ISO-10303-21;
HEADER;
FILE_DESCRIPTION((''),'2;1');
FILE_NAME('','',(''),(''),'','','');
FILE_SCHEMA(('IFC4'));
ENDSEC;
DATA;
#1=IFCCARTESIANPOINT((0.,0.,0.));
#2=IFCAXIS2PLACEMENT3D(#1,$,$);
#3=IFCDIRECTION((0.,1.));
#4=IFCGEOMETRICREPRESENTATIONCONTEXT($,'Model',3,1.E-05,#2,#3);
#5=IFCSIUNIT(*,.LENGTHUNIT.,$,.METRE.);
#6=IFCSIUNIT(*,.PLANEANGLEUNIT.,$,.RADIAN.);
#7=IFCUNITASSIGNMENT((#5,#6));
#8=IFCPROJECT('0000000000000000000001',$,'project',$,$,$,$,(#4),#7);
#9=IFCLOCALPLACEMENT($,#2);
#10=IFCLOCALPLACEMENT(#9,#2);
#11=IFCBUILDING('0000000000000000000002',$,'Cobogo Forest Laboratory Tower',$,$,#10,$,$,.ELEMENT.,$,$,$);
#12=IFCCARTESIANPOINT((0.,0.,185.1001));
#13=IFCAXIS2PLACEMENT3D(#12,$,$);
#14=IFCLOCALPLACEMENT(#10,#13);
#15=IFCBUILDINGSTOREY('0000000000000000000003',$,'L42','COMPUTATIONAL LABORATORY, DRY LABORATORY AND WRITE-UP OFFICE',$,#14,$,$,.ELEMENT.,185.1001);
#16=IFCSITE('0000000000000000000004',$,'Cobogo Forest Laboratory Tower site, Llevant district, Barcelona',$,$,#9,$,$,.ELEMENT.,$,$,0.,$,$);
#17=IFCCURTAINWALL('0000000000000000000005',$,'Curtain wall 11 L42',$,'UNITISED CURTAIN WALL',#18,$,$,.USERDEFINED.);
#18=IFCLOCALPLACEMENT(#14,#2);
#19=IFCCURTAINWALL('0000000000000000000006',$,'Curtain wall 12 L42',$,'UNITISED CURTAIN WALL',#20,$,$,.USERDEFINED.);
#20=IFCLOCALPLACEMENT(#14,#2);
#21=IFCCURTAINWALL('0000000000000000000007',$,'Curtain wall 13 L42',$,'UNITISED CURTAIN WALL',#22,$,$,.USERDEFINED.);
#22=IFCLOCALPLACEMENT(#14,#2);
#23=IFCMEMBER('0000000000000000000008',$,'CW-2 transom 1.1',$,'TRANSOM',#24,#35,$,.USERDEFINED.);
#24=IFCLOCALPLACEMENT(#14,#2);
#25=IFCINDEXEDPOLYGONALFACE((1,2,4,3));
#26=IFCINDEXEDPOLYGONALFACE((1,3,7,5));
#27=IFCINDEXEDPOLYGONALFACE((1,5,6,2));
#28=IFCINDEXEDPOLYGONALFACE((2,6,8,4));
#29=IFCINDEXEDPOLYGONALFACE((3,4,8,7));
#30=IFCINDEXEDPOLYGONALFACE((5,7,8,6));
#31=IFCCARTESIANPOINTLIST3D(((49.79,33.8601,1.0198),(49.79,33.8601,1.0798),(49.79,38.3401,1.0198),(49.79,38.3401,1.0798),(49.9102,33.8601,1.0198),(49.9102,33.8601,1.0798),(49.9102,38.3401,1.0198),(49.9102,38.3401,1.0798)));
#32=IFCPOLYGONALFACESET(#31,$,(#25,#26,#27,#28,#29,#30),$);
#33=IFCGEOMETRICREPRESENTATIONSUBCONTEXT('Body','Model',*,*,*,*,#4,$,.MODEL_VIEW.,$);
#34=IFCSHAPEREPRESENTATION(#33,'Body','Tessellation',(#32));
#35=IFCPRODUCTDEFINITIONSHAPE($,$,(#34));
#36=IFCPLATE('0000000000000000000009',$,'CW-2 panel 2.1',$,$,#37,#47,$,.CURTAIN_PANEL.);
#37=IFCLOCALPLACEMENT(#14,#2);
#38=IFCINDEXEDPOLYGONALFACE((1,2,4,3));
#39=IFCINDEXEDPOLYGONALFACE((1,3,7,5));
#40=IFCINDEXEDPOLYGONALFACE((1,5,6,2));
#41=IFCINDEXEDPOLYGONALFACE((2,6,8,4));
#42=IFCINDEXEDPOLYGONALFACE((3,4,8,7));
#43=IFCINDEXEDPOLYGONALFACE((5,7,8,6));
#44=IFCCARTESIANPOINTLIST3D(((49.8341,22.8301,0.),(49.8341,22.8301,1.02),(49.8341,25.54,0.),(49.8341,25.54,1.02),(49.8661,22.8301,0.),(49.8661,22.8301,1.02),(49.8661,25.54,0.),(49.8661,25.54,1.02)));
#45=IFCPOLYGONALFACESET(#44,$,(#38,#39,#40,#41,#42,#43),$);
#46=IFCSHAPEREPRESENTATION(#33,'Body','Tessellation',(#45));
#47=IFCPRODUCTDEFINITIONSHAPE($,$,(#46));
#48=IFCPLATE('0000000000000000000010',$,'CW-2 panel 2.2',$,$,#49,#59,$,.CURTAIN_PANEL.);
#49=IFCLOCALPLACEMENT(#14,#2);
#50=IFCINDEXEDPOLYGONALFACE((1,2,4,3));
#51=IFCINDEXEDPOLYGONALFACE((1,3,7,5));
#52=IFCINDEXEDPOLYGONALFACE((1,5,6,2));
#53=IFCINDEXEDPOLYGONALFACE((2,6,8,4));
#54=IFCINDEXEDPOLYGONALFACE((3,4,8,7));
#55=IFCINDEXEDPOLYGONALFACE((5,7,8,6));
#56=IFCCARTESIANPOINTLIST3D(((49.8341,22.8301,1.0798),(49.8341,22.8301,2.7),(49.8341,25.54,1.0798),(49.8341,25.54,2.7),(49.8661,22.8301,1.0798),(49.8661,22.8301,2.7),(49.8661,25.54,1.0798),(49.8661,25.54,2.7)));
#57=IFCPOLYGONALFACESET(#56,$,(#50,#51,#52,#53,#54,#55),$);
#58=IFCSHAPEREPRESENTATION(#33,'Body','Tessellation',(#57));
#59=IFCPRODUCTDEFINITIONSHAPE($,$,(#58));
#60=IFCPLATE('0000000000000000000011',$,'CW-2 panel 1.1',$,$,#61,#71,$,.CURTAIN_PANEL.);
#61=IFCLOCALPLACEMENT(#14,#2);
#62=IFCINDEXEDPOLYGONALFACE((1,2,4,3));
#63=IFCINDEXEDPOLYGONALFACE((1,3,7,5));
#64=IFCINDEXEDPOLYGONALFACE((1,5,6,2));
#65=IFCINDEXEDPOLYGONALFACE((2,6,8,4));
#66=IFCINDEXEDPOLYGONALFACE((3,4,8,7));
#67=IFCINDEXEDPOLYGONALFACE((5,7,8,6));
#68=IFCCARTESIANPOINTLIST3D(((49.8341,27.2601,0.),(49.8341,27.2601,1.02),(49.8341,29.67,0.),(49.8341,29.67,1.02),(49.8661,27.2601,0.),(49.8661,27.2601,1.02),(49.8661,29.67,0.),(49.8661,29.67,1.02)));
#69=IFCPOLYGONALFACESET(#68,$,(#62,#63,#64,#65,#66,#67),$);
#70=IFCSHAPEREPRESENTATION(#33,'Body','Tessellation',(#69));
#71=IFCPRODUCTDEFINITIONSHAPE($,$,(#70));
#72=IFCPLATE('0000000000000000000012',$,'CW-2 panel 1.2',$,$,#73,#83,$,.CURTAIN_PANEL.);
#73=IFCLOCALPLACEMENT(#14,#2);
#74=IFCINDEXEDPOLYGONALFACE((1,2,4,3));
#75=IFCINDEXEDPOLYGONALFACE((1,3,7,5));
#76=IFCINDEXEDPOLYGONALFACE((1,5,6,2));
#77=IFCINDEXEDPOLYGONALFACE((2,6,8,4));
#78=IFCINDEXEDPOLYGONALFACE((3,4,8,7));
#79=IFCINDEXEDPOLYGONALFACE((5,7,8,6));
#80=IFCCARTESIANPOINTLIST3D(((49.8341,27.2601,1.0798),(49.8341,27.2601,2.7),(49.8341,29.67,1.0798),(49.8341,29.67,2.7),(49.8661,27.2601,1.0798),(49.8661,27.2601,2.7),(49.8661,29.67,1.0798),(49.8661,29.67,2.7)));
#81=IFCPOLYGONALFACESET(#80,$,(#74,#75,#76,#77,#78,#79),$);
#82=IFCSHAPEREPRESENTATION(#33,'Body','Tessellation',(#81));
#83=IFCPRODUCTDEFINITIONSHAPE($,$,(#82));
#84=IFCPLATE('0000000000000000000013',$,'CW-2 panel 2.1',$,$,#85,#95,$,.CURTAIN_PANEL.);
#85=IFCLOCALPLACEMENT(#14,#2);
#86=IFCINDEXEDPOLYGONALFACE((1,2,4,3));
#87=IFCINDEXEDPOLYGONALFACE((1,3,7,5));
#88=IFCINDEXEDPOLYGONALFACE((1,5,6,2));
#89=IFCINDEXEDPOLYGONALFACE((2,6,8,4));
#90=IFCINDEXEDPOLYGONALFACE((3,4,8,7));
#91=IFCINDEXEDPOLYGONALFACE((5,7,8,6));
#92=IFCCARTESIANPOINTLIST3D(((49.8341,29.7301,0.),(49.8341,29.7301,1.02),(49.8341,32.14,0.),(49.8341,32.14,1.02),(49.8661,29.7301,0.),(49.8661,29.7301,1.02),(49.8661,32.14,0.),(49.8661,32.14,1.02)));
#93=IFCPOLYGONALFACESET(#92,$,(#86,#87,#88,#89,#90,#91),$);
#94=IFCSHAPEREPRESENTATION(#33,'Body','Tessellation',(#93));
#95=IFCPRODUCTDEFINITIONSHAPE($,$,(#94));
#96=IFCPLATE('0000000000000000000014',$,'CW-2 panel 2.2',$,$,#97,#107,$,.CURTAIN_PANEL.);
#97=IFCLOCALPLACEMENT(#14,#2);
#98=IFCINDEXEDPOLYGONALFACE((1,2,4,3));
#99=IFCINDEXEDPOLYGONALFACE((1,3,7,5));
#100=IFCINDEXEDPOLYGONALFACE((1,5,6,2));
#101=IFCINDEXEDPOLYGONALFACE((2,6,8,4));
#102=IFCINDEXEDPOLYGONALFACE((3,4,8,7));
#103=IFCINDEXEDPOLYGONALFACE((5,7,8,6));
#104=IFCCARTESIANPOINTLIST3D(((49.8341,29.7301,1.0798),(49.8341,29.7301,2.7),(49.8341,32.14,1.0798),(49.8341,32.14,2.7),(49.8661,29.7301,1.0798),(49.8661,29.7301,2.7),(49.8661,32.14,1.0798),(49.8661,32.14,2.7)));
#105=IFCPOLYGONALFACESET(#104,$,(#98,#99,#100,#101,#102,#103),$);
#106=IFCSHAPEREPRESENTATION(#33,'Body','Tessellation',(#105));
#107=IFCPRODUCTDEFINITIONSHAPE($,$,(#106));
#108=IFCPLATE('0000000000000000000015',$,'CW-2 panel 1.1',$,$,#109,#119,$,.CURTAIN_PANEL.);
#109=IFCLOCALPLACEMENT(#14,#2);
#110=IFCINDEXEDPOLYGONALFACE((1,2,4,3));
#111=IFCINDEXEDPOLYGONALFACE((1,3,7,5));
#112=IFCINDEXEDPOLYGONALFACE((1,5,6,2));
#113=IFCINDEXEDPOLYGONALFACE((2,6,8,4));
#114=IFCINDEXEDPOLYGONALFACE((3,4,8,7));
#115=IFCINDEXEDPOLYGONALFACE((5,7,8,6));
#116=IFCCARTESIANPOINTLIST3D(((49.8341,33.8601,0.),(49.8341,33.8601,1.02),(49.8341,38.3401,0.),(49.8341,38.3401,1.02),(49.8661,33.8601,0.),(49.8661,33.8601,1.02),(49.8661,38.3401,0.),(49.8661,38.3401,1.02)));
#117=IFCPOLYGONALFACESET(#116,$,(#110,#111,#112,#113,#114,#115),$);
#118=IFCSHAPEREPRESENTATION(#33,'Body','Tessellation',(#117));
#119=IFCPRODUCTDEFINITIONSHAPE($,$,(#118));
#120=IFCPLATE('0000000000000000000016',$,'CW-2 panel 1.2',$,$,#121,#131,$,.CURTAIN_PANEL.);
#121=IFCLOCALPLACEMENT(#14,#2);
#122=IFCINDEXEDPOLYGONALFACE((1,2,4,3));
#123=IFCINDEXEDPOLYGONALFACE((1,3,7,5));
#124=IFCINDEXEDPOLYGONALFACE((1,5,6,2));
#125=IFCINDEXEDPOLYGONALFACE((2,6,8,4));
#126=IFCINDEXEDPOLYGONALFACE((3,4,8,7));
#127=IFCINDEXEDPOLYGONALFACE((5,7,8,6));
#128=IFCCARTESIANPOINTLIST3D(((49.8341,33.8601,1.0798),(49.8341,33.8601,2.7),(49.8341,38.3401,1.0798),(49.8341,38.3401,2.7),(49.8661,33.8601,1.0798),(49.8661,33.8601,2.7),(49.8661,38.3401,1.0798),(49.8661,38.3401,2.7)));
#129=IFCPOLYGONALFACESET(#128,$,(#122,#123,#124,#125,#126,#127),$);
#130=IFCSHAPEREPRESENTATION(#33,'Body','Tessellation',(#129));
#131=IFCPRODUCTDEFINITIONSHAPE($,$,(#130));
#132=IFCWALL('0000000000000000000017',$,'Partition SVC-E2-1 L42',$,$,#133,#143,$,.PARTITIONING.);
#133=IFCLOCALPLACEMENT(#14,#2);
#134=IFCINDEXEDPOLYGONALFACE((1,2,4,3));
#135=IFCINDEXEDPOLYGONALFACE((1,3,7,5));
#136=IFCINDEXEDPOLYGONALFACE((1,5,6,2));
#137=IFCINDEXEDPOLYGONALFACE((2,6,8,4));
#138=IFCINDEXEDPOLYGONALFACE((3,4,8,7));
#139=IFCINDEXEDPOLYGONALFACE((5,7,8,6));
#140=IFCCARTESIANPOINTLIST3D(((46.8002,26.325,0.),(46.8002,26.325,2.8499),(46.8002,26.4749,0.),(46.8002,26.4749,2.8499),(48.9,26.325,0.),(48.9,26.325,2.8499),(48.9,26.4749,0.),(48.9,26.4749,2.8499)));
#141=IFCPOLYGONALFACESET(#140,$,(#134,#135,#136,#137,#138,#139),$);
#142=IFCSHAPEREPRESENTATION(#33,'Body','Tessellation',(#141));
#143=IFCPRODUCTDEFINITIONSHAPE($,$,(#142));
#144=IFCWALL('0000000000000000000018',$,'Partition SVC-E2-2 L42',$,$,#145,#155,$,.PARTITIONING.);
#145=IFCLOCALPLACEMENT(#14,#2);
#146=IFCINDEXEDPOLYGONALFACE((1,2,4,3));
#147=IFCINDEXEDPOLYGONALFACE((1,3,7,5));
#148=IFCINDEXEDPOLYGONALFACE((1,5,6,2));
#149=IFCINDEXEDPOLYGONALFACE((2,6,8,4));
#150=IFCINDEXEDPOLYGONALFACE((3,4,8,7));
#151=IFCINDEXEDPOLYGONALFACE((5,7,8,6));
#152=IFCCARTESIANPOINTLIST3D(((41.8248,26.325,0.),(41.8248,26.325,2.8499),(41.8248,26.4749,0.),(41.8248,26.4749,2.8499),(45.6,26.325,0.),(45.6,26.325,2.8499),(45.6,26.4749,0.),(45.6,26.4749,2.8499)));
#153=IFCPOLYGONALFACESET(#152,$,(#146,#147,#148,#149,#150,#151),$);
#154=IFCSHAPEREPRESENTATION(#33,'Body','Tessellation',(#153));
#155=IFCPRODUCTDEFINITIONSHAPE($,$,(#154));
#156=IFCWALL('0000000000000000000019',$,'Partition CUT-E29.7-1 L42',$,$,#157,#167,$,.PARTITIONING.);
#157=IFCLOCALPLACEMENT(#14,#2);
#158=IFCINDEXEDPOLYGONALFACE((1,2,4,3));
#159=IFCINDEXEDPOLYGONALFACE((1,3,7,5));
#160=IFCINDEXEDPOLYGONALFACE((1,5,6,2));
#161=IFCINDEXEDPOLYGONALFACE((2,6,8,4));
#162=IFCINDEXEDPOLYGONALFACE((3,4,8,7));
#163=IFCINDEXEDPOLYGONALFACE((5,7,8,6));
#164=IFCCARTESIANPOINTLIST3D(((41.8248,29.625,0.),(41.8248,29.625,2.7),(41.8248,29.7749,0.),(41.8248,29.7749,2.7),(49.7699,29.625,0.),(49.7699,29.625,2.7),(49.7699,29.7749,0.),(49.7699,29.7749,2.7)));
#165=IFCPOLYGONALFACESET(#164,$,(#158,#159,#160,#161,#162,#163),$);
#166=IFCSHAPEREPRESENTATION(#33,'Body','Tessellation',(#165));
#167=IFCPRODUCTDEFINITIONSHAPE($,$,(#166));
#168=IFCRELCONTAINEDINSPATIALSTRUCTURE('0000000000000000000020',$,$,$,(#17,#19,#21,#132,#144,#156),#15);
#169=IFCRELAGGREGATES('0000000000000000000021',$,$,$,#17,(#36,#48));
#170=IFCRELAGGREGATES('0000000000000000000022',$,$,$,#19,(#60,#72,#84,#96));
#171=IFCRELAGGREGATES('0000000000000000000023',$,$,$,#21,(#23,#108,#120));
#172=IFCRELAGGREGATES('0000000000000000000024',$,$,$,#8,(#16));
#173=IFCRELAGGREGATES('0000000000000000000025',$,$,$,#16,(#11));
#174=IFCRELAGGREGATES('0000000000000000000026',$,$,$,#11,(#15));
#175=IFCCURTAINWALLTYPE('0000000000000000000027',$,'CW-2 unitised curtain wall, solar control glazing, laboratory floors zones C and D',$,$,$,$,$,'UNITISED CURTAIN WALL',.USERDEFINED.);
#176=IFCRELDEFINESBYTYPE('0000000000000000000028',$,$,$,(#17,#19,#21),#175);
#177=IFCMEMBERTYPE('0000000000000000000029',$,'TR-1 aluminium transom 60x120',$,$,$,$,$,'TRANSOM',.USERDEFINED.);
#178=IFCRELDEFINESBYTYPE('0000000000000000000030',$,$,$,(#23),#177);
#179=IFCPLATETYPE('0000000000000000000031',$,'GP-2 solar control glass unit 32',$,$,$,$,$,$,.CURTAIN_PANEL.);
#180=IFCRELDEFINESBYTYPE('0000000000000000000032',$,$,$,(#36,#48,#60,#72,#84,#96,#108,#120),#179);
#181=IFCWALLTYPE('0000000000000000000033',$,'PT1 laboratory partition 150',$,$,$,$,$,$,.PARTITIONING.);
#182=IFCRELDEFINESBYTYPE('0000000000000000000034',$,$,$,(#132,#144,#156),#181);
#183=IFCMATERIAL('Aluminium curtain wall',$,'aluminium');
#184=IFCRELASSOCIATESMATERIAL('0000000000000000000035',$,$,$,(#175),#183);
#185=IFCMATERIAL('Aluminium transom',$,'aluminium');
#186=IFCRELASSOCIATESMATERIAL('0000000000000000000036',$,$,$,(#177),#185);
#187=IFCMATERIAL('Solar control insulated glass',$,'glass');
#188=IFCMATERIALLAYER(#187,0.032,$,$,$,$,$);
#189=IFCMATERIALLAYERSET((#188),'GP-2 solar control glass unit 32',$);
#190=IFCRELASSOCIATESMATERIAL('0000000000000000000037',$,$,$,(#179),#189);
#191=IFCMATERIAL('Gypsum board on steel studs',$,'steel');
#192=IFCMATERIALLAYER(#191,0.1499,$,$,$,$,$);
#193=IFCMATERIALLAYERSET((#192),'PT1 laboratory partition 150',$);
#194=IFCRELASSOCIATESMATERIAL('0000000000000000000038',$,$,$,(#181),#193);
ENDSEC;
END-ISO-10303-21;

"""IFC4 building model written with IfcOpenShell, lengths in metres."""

from ifc_helpers import new_model, si_unit, direction, frame, frame_2d, origin, origin_2d, place, context, subcontext, project, spatial, rectangle, extrude, material, layer, layer_set, material_profile, profile_set, type_object, element, aggregate, save


model = new_model("IFC4")

# Units and contexts
model_context = context("Model", 3, precision=1e-05, world=origin(), true_north=direction((0.0, 1.0)))
body_context = subcontext(model_context, "Body", "Model", "MODEL_VIEW")
ifc_project = project(units=[si_unit("LENGTHUNIT", "METRE"), si_unit("PLANEANGLEUNIT", "RADIAN")], contexts=[model_context])

# Site, building, storey
site_placement = place(None, origin())
site = spatial("IfcSite", under=ifc_project, at=site_placement, Name="Cobogo Forest Laboratory Tower site, Llevant district, Barcelona", CompositionType="ELEMENT", RefElevation=0.0)
building_placement = place(site_placement, origin())
building = spatial("IfcBuilding", under=site, at=building_placement, Name="Cobogo Forest Laboratory Tower", CompositionType="ELEMENT")
storey_placement = place(building_placement, frame((0.0, 0.0, 185.1001)))
storey = spatial("IfcBuildingStorey", under=building, at=storey_placement, Name="L42", Description="COMPUTATIONAL LABORATORY, DRY LABORATORY AND WRITE-UP OFFICE", CompositionType="ELEMENT", Elevation=185.1001)

# Curtain wall
ifc_material_1 = material(Name="Aluminium curtain wall", Category="aluminium")
curtain_wall_type = type_object("IfcCurtainWallType", Name="CW-2 unitised curtain wall, solar control glazing, laboratory floors zones C and D", ElementType="UNITISED CURTAIN WALL", PredefinedType="USERDEFINED", material=ifc_material_1)
curtain_wall_1_placement = place(storey_placement, origin())
curtain_wall_1 = element("IfcCurtainWall", 1, at=curtain_wall_1_placement, inside=storey, type_object=curtain_wall_type, Name="Curtain wall 11 L42", ObjectType="UNITISED CURTAIN WALL", PredefinedType="USERDEFINED")

# Curtain walls
curtain_wall_2_placement = place(storey_placement, origin())
curtain_wall_2 = element("IfcCurtainWall", 2, at=curtain_wall_2_placement, inside=storey, type_object=curtain_wall_type, Name="Curtain wall 12 L42", ObjectType="UNITISED CURTAIN WALL", PredefinedType="USERDEFINED")
curtain_wall_3_placement = place(storey_placement, origin())
curtain_wall_3 = element("IfcCurtainWall", 3, at=curtain_wall_3_placement, inside=storey, type_object=curtain_wall_type, Name="Curtain wall 13 L42", ObjectType="UNITISED CURTAIN WALL", PredefinedType="USERDEFINED")

# Member
ifc_material_2 = material(Name="Aluminium transom", Category="aluminium")
ifc_material_profile_1 = material_profile(ifc_material_2, rectangle(XDim=0.1201, YDim=0.0601, at=origin_2d()), Name="AL 60x120")
ifc_profile_set_1 = profile_set([ifc_material_profile_1], Name="Aluminium transom")
member_type_1 = type_object("IfcMemberType", Name="TR-1 aluminium transom 60x120", ElementType="TRANSOM", PredefinedType="USERDEFINED", material=ifc_profile_set_1)
member_1_placement = place(storey_placement, frame((49.8501, 33.8601, 1.0498), z_axis=(0.0, 1.0, 0.0), x_axis=(-1.0, 0.0, 0.0)))
member_1 = element("IfcMember", 4, at=member_1_placement, type_object=member_type_1, Name="CW-2 transom 1.1", ObjectType="TRANSOM", PredefinedType="USERDEFINED", context=body_context, shape_type="SweptSolid", body=[
    extrude(rectangle(XDim=0.1201, YDim=0.0601, at=origin_2d()), origin(), (0.0, 0.0, 1.0), 4.48),
])

# Plates
ifc_material_3 = material(Name="Solar control insulated glass", Category="glass")
ifc_layer_1 = layer(ifc_material_3, 0.032)
ifc_layer_set_1 = layer_set([ifc_layer_1], Name="GP-2 solar control glass unit 32")
plate_type_1 = type_object("IfcPlateType", Name="GP-2 solar control glass unit 32", PredefinedType="CURTAIN_PANEL", material=ifc_layer_set_1)
plate_1_placement = place(storey_placement, frame((49.8501, 24.1851, 0.0), z_axis=(0.0, 0.0, 1.0), x_axis=(0.0, 1.0, 0.0)))
plate_1 = element("IfcPlate", 5, at=plate_1_placement, type_object=plate_type_1, Name="CW-2 panel 2.1", PredefinedType="CURTAIN_PANEL", context=body_context, shape_type="SweptSolid", body=[
    extrude(rectangle(XDim=2.71, YDim=0.032, at=origin_2d()), origin(), (0.0, 0.0, 1.0), 1.02),
])
plate_2_placement = place(storey_placement, frame((49.8501, 24.1851, 1.0798), z_axis=(0.0, 0.0, 1.0), x_axis=(0.0, 1.0, 0.0)))
plate_2 = element("IfcPlate", 6, at=plate_2_placement, type_object=plate_type_1, Name="CW-2 panel 2.2", PredefinedType="CURTAIN_PANEL", context=body_context, shape_type="SweptSolid", body=[
    extrude(rectangle(XDim=2.71, YDim=0.032, at=origin_2d()), origin(), (0.0, 0.0, 1.0), 1.6201),
])
aggregate(curtain_wall_1, [plate_1, plate_2])
plate_3_placement = place(storey_placement, frame((49.8501, 28.4651, 0.0), z_axis=(0.0, 0.0, 1.0), x_axis=(0.0, 1.0, 0.0)))
plate_3 = element("IfcPlate", 7, at=plate_3_placement, type_object=plate_type_1, Name="CW-2 panel 1.1", PredefinedType="CURTAIN_PANEL", context=body_context, shape_type="SweptSolid", body=[
    extrude(rectangle(XDim=2.4099, YDim=0.032, at=origin_2d()), origin(), (0.0, 0.0, 1.0), 1.02),
])
plate_4_placement = place(storey_placement, frame((49.8501, 28.4651, 1.0798), z_axis=(0.0, 0.0, 1.0), x_axis=(0.0, 1.0, 0.0)))
plate_4 = element("IfcPlate", 8, at=plate_4_placement, type_object=plate_type_1, Name="CW-2 panel 1.2", PredefinedType="CURTAIN_PANEL", context=body_context, shape_type="SweptSolid", body=[
    extrude(rectangle(XDim=2.4099, YDim=0.032, at=origin_2d()), origin(), (0.0, 0.0, 1.0), 1.6201),
])
plate_5_placement = place(storey_placement, frame((49.8501, 30.9351, 0.0), z_axis=(0.0, 0.0, 1.0), x_axis=(0.0, 1.0, 0.0)))
plate_5 = element("IfcPlate", 9, at=plate_5_placement, type_object=plate_type_1, Name="CW-2 panel 2.1", PredefinedType="CURTAIN_PANEL", context=body_context, shape_type="SweptSolid", body=[
    extrude(rectangle(XDim=2.4099, YDim=0.032, at=origin_2d()), origin(), (0.0, 0.0, 1.0), 1.02),
])
plate_6_placement = place(storey_placement, frame((49.8501, 30.9351, 1.0798), z_axis=(0.0, 0.0, 1.0), x_axis=(0.0, 1.0, 0.0)))
plate_6 = element("IfcPlate", 10, at=plate_6_placement, type_object=plate_type_1, Name="CW-2 panel 2.2", PredefinedType="CURTAIN_PANEL", context=body_context, shape_type="SweptSolid", body=[
    extrude(rectangle(XDim=2.4099, YDim=0.032, at=origin_2d()), origin(), (0.0, 0.0, 1.0), 1.6201),
])
aggregate(curtain_wall_2, [plate_3, plate_4, plate_5, plate_6])
plate_7_placement = place(storey_placement, frame((49.8501, 36.1001, 0.0), z_axis=(0.0, 0.0, 1.0), x_axis=(0.0, 1.0, 0.0)))
plate_7 = element("IfcPlate", 11, at=plate_7_placement, type_object=plate_type_1, Name="CW-2 panel 1.1", PredefinedType="CURTAIN_PANEL", context=body_context, shape_type="SweptSolid", body=[
    extrude(rectangle(XDim=4.48, YDim=0.032, at=origin_2d()), origin(), (0.0, 0.0, 1.0), 1.02),
])
plate_8_placement = place(storey_placement, frame((49.8501, 36.1001, 1.0798), z_axis=(0.0, 0.0, 1.0), x_axis=(0.0, 1.0, 0.0)))
plate_8 = element("IfcPlate", 12, at=plate_8_placement, type_object=plate_type_1, Name="CW-2 panel 1.2", PredefinedType="CURTAIN_PANEL", context=body_context, shape_type="SweptSolid", body=[
    extrude(rectangle(XDim=4.48, YDim=0.032, at=origin_2d()), origin(), (0.0, 0.0, 1.0), 1.6201),
])
aggregate(curtain_wall_3, [member_1, plate_7, plate_8])

# Walls
ifc_material_4 = material(Name="Gypsum board on steel studs", Category="steel")
ifc_layer_2 = layer(ifc_material_4, 0.1499)
ifc_layer_set_2 = layer_set([ifc_layer_2], Name="PT1 laboratory partition 150")
wall_type = type_object("IfcWallType", Name="PT1 laboratory partition 150", PredefinedType="PARTITIONING", material=ifc_layer_set_2)
wall_1_placement = place(storey_placement, frame((48.8999, 26.3999, 0.0), z_axis=(0.0, 0.0, 1.0), x_axis=(-1.0, 0.0, 0.0)))
element("IfcWall", 13, at=wall_1_placement, inside=storey, type_object=wall_type, Name="Partition SVC-E2-1 L42", PredefinedType="PARTITIONING", context=body_context, shape_type="SweptSolid", body=[
    extrude(rectangle(XDim=2.0999, YDim=0.1499, at=frame_2d((1.0498, 0.0))), origin(), (0.0, 0.0, 1.0), 2.8499),
])
wall_2_placement = place(storey_placement, frame((45.6001, 26.3999, 0.0), z_axis=(0.0, 0.0, 1.0), x_axis=(-1.0, 0.0, 0.0)))
element("IfcWall", 14, at=wall_2_placement, inside=storey, type_object=wall_type, Name="Partition SVC-E2-2 L42", PredefinedType="PARTITIONING", context=body_context, shape_type="SweptSolid", body=[
    extrude(rectangle(XDim=3.7751, YDim=0.1499, at=frame_2d((1.8877, 0.0))), origin(), (0.0, 0.0, 1.0), 2.8499),
])
wall_3_placement = place(storey_placement, frame((49.77, 29.7, 0.0), z_axis=(0.0, 0.0, 1.0), x_axis=(-1.0, 0.0, 0.0)))
element("IfcWall", 15, at=wall_3_placement, inside=storey, type_object=wall_type, Name="Partition CUT-E29.7-1 L42", PredefinedType="PARTITIONING", context=body_context, shape_type="SweptSolid", body=[
    extrude(rectangle(XDim=7.9451, YDim=0.1499, at=frame_2d((3.9727, 0.0))), origin(), (0.0, 0.0, 1.0), 2.7),
])

save(model, "model.ifc")
